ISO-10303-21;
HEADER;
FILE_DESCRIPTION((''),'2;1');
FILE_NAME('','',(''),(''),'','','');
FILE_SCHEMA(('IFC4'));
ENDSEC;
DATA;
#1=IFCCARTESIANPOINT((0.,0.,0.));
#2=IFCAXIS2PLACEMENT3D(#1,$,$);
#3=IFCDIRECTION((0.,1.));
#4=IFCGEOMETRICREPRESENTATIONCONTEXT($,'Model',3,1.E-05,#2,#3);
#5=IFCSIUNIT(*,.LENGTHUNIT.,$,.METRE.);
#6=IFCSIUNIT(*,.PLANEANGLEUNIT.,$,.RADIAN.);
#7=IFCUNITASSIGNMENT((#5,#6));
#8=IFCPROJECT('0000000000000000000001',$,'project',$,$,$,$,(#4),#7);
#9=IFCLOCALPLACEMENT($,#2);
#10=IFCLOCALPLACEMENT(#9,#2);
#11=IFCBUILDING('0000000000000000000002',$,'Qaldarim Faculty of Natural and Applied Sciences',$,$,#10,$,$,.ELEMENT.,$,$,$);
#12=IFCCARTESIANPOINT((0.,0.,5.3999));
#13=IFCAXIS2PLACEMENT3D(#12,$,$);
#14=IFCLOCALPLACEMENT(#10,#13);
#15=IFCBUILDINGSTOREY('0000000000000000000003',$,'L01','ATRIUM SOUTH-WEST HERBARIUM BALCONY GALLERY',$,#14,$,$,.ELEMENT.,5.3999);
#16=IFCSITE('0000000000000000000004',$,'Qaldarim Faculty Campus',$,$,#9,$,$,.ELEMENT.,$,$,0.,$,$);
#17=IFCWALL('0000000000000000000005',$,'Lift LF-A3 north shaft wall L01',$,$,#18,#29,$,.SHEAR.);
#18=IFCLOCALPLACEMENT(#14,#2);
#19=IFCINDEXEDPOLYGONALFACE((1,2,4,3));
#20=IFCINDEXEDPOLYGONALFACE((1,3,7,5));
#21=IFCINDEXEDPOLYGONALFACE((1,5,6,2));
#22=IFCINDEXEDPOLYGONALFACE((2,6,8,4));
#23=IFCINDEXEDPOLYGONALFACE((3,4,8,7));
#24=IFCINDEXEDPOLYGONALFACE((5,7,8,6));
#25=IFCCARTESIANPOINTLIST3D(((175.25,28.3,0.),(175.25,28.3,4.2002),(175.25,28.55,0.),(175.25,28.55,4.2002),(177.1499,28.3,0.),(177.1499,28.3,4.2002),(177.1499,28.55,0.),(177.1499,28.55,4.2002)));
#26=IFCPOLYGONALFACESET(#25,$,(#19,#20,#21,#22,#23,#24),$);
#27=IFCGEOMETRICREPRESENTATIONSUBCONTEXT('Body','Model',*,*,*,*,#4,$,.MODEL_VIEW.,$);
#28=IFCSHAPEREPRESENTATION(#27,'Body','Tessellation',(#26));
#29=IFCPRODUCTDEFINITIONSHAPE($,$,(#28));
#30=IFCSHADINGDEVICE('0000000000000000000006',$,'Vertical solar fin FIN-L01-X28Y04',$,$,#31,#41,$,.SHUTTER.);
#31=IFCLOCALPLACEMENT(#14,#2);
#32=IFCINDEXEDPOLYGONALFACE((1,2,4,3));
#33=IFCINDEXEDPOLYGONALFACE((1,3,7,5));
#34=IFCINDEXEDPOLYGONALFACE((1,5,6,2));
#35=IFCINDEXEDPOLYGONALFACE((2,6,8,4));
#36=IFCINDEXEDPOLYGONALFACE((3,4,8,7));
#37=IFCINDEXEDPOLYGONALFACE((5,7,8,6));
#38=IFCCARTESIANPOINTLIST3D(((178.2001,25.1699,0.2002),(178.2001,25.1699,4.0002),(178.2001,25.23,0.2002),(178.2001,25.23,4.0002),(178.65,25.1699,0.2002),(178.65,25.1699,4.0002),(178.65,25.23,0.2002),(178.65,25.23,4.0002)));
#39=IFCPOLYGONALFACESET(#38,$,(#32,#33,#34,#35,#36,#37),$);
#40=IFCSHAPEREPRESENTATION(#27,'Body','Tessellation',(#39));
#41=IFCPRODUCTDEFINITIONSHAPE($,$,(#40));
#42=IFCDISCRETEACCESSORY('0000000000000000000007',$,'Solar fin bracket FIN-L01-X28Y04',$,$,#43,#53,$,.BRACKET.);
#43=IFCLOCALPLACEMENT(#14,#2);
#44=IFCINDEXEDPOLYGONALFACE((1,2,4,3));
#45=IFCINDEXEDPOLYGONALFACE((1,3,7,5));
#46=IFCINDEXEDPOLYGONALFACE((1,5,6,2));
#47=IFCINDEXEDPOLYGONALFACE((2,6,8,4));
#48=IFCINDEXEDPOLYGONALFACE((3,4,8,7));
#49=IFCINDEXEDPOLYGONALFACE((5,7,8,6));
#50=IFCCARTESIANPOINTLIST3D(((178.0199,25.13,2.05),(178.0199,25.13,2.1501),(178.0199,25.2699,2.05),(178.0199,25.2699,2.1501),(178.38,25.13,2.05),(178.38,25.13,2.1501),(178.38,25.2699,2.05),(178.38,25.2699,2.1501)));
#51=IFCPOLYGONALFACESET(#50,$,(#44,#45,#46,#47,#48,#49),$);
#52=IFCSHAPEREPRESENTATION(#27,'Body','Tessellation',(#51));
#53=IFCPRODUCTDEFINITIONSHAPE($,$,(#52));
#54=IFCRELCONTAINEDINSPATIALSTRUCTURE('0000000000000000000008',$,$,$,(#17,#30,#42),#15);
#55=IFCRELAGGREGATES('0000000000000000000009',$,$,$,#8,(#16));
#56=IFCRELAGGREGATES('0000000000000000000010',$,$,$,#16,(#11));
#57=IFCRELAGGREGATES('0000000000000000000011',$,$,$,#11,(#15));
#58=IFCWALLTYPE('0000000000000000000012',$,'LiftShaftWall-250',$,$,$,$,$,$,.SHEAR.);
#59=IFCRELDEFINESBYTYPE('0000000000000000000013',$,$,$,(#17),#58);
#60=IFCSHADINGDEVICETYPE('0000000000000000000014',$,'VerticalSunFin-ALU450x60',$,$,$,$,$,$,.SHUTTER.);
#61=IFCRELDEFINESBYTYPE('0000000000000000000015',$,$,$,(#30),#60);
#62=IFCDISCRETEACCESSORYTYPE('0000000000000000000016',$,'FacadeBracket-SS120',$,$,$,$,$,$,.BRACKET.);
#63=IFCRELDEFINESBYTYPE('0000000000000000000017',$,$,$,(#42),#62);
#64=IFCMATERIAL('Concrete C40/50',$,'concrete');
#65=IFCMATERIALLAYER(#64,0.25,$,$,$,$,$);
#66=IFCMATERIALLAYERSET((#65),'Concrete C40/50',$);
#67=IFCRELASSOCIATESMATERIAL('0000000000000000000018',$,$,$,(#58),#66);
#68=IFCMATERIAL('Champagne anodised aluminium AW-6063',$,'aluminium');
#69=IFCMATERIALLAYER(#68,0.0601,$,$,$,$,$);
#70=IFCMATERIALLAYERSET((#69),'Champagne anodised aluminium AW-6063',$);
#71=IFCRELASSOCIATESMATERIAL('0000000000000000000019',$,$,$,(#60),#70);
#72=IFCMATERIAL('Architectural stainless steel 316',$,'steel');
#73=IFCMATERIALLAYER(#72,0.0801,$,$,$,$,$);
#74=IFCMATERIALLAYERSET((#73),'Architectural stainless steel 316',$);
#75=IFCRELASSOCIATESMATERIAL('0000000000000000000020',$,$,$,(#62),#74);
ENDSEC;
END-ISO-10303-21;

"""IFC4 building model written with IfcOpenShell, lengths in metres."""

from ifc_helpers import new_model, si_unit, direction, frame, frame_2d, origin, origin_2d, place, context, subcontext, project, spatial, rectangle, extrude, material, layer, layer_set, type_object, element, save


model = new_model("IFC4")

# Units and contexts
model_context = context("Model", 3, precision=1e-05, world=origin(), true_north=direction((0.0, 1.0)))
body_context = subcontext(model_context, "Body", "Model", "MODEL_VIEW")
ifc_project = project(units=[si_unit("LENGTHUNIT", "METRE"), si_unit("PLANEANGLEUNIT", "RADIAN")], contexts=[model_context])

# Site, building, storey
site_placement = place(None, origin())
site = spatial("IfcSite", under=ifc_project, at=site_placement, Name="Qaldarim Faculty Campus", CompositionType="ELEMENT", RefElevation=0.0)
building_placement = place(site_placement, origin())
building = spatial("IfcBuilding", under=site, at=building_placement, Name="Qaldarim Faculty of Natural and Applied Sciences", CompositionType="ELEMENT")
storey_placement = place(building_placement, frame((0.0, 0.0, 5.3999)))
storey = spatial("IfcBuildingStorey", under=building, at=storey_placement, Name="L01", Description="ATRIUM SOUTH-WEST HERBARIUM BALCONY GALLERY", CompositionType="ELEMENT", Elevation=5.3999)

# Shared definitions
ifc_material_1 = material(Name="Concrete C40/50", Category="concrete")

# Shared definitions
ifc_material_2 = material(Name="Architectural stainless steel 316", Category="steel")
ifc_layer_1 = layer(ifc_material_1, 0.25)
ifc_layer_set_1 = layer_set([ifc_layer_1], Name="Concrete C40/50")
wall_type_1 = type_object("IfcWallType", Name="LiftShaftWall-250", PredefinedType="SHEAR", material=ifc_layer_set_1)

# Wall
for number, where, z_axis, x_axis, name in (
    (1, (175.25, 28.425, 0.0), (0.0, 0.0, 1.0), (1.0, 0.0, 0.0), "Lift LF-A3 north shaft wall L01"),
):
    element("IfcWall", number, at=place(storey_placement, frame(where, z_axis=z_axis, x_axis=x_axis)), inside=storey, type_object=wall_type_1, Name=name, PredefinedType="SHEAR", context=body_context, shape_type="SweptSolid", body=[
        extrude(rectangle(XDim=1.8999, YDim=0.25, at=frame_2d((0.95, 0.0))), origin(), (0.0, 0.0, 1.0), 4.2002),
    ])

# Shading device
ifc_material_3 = material(Name="Champagne anodised aluminium AW-6063", Category="aluminium")
ifc_layer_2 = layer(ifc_material_3, 0.0601)
ifc_layer_set_2 = layer_set([ifc_layer_2], Name="Champagne anodised aluminium AW-6063")
shading_device_type = type_object("IfcShadingDeviceType", Name="VerticalSunFin-ALU450x60", PredefinedType="SHUTTER", material=ifc_layer_set_2)
shading_device_placement = place(storey_placement, frame((178.425, 25.2, 0.2002), z_axis=(0.0, 0.0, 1.0), x_axis=(1.0, 0.0, 0.0)))
element("IfcShadingDevice", 2, at=shading_device_placement, inside=storey, type_object=shading_device_type, Name="Vertical solar fin FIN-L01-X28Y04", PredefinedType="SHUTTER", context=body_context, shape_type="SweptSolid", body=[
    extrude(rectangle(XDim=0.45, YDim=0.0601, at=origin_2d()), origin(), (0.0, 0.0, 1.0), 3.8),
])

# Discrete accessory
ifc_layer_3 = layer(ifc_material_2, 0.0801)
ifc_layer_set_3 = layer_set([ifc_layer_3], Name="Architectural stainless steel 316")
discrete_accessory_type = type_object("IfcDiscreteAccessoryType", Name="FacadeBracket-SS120", PredefinedType="BRACKET", material=ifc_layer_set_3)
discrete_accessory_placement = place(storey_placement, frame((178.2, 25.2, 2.05), z_axis=(0.0, 0.0, 1.0), x_axis=(1.0, 0.0, 0.0)))
element("IfcDiscreteAccessory", 3, at=discrete_accessory_placement, inside=storey, type_object=discrete_accessory_type, Name="Solar fin bracket FIN-L01-X28Y04", PredefinedType="BRACKET", context=body_context, shape_type="SweptSolid", body=[
    extrude(rectangle(XDim=0.3601, YDim=0.1399, at=origin_2d()), origin(), (0.0, 0.0, 1.0), 0.1001),
])

save(model, "model.ifc")
